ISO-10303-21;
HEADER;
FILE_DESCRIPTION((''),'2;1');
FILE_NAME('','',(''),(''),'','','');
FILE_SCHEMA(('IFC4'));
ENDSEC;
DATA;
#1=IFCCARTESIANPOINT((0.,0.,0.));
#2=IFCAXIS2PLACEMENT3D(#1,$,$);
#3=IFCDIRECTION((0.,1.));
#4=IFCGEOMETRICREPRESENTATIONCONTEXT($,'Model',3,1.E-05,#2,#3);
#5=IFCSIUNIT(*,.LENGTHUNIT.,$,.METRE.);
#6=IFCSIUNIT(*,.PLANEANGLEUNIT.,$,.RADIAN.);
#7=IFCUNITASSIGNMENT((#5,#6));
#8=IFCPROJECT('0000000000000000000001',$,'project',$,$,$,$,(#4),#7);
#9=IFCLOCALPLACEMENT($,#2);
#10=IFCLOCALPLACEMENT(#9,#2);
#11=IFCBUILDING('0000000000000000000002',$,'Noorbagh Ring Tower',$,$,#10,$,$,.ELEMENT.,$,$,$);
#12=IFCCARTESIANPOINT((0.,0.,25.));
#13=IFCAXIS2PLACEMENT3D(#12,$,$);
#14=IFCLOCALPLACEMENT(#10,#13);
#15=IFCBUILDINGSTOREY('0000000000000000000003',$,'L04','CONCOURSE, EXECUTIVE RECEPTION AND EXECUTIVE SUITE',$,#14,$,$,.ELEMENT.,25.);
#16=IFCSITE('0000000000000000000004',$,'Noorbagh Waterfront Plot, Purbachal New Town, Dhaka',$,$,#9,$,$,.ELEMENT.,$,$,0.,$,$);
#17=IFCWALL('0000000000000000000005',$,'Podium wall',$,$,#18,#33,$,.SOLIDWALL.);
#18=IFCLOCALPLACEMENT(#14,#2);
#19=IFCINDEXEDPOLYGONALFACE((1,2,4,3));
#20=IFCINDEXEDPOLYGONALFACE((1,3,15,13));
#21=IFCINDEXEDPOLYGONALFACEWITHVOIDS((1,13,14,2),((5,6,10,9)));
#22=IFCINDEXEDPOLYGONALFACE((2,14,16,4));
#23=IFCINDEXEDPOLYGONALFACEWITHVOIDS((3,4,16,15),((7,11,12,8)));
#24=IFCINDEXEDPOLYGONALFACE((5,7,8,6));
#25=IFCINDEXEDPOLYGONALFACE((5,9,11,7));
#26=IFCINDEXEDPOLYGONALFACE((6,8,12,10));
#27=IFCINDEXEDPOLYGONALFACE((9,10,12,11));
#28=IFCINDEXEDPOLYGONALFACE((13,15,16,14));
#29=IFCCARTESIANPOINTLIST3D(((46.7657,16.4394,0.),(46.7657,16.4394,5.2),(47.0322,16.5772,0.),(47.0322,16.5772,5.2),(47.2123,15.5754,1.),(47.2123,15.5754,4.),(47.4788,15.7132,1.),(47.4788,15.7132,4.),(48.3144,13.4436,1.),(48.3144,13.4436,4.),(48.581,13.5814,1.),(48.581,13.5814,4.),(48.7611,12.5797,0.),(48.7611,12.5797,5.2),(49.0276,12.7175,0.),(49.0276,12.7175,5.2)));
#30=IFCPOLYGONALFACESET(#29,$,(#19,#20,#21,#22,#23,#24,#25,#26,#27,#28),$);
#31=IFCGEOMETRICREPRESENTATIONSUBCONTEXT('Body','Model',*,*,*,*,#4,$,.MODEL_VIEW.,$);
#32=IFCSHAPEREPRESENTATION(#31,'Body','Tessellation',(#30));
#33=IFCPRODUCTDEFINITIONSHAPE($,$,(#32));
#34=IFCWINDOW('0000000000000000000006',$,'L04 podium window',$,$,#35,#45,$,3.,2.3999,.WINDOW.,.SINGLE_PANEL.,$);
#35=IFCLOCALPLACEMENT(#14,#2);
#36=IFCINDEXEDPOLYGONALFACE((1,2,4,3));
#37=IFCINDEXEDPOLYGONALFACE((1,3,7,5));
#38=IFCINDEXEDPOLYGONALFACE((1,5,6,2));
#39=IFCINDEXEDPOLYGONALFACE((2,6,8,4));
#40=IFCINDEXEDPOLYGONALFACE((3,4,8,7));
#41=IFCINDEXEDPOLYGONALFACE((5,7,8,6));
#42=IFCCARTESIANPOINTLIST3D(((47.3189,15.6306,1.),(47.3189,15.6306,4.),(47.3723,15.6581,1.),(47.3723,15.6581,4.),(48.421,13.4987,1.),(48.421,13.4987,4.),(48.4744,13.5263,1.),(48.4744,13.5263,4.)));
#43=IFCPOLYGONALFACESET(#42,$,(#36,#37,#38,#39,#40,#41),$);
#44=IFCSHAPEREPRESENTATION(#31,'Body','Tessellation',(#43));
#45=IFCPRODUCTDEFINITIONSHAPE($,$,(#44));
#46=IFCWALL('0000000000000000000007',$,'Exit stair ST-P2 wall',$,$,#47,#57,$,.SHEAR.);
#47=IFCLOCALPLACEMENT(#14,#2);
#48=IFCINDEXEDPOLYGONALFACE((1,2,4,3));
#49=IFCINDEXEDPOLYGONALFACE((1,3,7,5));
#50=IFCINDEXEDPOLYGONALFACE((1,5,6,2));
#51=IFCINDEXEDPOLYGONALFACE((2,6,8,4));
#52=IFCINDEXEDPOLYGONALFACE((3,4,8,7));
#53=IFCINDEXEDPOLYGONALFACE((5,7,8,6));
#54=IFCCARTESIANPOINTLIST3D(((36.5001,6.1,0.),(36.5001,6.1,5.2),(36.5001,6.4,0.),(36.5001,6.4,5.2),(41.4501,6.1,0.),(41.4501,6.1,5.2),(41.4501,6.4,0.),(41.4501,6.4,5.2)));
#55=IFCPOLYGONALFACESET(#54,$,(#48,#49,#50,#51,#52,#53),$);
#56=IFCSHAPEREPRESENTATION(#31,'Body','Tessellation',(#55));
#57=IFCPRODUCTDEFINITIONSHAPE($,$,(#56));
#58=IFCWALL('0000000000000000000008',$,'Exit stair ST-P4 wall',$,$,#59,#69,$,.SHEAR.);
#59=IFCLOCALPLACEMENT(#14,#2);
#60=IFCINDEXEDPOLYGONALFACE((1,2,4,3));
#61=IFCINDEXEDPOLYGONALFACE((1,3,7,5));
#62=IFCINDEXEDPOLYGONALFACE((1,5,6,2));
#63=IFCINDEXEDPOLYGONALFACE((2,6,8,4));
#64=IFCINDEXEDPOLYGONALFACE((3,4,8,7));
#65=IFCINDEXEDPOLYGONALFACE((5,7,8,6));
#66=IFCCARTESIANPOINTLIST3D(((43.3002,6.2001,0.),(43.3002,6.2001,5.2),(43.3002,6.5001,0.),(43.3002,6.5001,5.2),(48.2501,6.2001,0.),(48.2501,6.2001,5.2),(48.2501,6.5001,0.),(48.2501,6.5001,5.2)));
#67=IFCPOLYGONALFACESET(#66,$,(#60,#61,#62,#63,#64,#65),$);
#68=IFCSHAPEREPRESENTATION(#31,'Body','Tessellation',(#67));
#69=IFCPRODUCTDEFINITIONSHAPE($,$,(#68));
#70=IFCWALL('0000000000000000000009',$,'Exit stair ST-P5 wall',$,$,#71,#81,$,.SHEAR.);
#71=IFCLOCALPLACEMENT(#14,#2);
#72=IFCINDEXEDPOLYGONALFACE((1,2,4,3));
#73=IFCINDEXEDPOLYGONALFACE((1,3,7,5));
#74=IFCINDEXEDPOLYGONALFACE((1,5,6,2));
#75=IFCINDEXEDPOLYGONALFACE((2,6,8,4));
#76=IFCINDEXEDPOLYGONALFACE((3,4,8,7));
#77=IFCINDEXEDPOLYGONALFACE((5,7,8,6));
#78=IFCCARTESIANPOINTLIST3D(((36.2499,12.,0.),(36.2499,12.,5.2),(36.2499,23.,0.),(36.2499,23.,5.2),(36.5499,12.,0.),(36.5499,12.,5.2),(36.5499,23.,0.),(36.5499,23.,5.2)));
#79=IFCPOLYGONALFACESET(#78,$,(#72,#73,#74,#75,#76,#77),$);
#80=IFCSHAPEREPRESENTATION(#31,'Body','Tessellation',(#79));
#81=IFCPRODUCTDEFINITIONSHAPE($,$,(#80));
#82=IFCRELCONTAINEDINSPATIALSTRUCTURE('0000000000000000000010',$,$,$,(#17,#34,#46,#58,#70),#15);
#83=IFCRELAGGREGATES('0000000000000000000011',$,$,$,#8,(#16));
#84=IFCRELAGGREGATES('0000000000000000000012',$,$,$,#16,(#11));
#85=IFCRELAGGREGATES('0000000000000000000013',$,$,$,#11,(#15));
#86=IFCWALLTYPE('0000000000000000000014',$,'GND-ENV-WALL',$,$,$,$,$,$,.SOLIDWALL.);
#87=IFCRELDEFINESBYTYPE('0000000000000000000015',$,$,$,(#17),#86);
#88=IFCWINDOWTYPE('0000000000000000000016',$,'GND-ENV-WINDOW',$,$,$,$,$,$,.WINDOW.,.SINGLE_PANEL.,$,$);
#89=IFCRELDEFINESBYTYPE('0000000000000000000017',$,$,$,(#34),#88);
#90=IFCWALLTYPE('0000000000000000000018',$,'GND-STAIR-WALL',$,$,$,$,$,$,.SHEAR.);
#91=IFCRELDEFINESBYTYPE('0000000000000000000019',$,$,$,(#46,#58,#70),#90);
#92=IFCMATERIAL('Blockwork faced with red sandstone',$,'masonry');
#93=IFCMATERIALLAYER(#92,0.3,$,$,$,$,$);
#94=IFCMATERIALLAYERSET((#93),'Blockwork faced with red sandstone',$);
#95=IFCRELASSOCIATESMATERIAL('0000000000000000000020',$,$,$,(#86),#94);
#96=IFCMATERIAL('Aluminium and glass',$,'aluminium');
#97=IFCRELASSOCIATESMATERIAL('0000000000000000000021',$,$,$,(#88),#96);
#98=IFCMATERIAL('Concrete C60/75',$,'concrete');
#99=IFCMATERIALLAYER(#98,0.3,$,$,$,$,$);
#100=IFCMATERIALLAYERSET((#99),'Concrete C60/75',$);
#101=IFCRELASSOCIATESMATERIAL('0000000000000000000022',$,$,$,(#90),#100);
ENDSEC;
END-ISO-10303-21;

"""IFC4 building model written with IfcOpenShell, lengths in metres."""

from ifc_helpers import new_model, si_unit, direction, frame, frame_2d, origin, place, context, subcontext, project, spatial, rectangle, extrude, material, layer, layer_set, type_object, element, fill, save


model = new_model("IFC4")

# Units and contexts
model_context = context("Model", 3, precision=1e-05, world=origin(), true_north=direction((0.0, 1.0)))
body_context = subcontext(model_context, "Body", "Model", "MODEL_VIEW")
ifc_project = project(units=[si_unit("LENGTHUNIT", "METRE"), si_unit("PLANEANGLEUNIT", "RADIAN")], contexts=[model_context])

# Site, building, storey
site_placement = place(None, origin())
site = spatial("IfcSite", under=ifc_project, at=site_placement, Name="Noorbagh Waterfront Plot, Purbachal New Town, Dhaka", CompositionType="ELEMENT", RefElevation=0.0)
building_placement = place(site_placement, origin())
building = spatial("IfcBuilding", under=site, at=building_placement, Name="Noorbagh Ring Tower", CompositionType="ELEMENT")
storey_placement = place(building_placement, frame((0.0, 0.0, 25.0)))
storey = spatial("IfcBuildingStorey", under=building, at=storey_placement, Name="L04", Description="CONCOURSE, EXECUTIVE RECEPTION AND EXECUTIVE SUITE", CompositionType="ELEMENT", Elevation=25.0)

# Wall, opening, window
ifc_material_1 = material(Name="Blockwork faced with red sandstone", Category="masonry")
ifc_layer_1 = layer(ifc_material_1, 0.3)
ifc_layer_set_1 = layer_set([ifc_layer_1], Name="Blockwork faced with red sandstone")
wall_type_1 = type_object("IfcWallType", Name="GND-ENV-WALL", PredefinedType="SOLIDWALL", material=ifc_layer_set_1)
ifc_material_2 = material(Name="Aluminium and glass", Category="aluminium")
window_type = type_object("IfcWindowType", Name="GND-ENV-WINDOW", PartitioningType="SINGLE_PANEL", PredefinedType="WINDOW", material=ifc_material_2)
wall_1_placement = place(storey_placement, frame((48.8943, 12.6487, 0.0), z_axis=(0.0, 0.0, 1.0), x_axis=(-0.459243, 0.888311, 0.0)))
wall_1 = element("IfcWall", 1, at=wall_1_placement, inside=storey, type_object=wall_type_1, Name="Podium wall", PredefinedType="SOLIDWALL", context=body_context, shape_type="SweptSolid", body=[
    extrude(rectangle(XDim=4.345, YDim=0.3, at=frame_2d((2.1724, 0.0))), origin(), (0.0, 0.0, 1.0), 5.2),
])
opening_1_placement = place(wall_1_placement, frame((0.9724, 0.0, 1.0)))
opening_1 = element("IfcOpeningElement", 2, at=opening_1_placement, cuts=wall_1, PredefinedType="OPENING", context=body_context, shape_type="SweptSolid", body=[
    extrude(rectangle(XDim=2.3999, YDim=3.0, at=frame_2d((1.2, 1.5))), frame((0.0, 0.1602, 0.0), z_axis=(0.0, -1.0, 0.0), x_axis=(1.0, 0.0, 0.0)), (0.0, 0.0, 1.0), 0.3201),
])
window_1_placement = place(opening_1_placement, origin())
window_1 = element("IfcWindow", 3, at=window_1_placement, inside=storey, type_object=window_type, Name="L04 podium window", OverallHeight=3.0, OverallWidth=2.3999, PartitioningType="SINGLE_PANEL", PredefinedType="WINDOW", context=body_context, shape_type="SweptSolid", body=[
    extrude(rectangle(XDim=2.3999, YDim=3.0, at=frame_2d((1.2, 1.5))), frame((0.0, 0.03, 0.0), z_axis=(0.0, -1.0, 0.0), x_axis=(1.0, 0.0, 0.0)), (0.0, 0.0, 1.0), 0.0601),
])
fill(opening_1, window_1)

# Walls
ifc_material_3 = material(Name="Concrete C60/75", Category="concrete")
ifc_layer_2 = layer(ifc_material_3, 0.3)
ifc_layer_set_2 = layer_set([ifc_layer_2], Name="Concrete C60/75")
wall_type_2 = type_object("IfcWallType", Name="GND-STAIR-WALL", PredefinedType="SHEAR", material=ifc_layer_set_2)
for number, where, z_axis, x_axis, name in (
    (4, (36.5, 6.25, 0.0), (0.0, 0.0, 1.0), (1.0, 0.0, 0.0), "Exit stair ST-P2 wall"),
    (5, (43.3, 6.3501, 0.0), (0.0, 0.0, 1.0), (1.0, 0.0, 0.0), "Exit stair ST-P4 wall"),
):
    element("IfcWall", number, at=place(storey_placement, frame(where, z_axis=z_axis, x_axis=x_axis)), inside=storey, type_object=wall_type_2, Name=name, PredefinedType="SHEAR", context=body_context, shape_type="SweptSolid", body=[
        extrude(rectangle(XDim=4.95, YDim=0.3, at=frame_2d((2.4751, 0.0))), origin(), (0.0, 0.0, 1.0), 5.2),
    ])
wall_2_placement = place(storey_placement, frame((36.3999, 12.0, 0.0), z_axis=(0.0, 0.0, 1.0), x_axis=(0.0, 1.0, 0.0)))
element("IfcWall", 6, at=wall_2_placement, inside=storey, type_object=wall_type_2, Name="Exit stair ST-P5 wall", PredefinedType="SHEAR", context=body_context, shape_type="SweptSolid", body=[
    extrude(rectangle(XDim=11.0, YDim=0.3, at=frame_2d((5.5, 0.0))), origin(), (0.0, 0.0, 1.0), 5.2),
])

save(model, "model.ifc")
